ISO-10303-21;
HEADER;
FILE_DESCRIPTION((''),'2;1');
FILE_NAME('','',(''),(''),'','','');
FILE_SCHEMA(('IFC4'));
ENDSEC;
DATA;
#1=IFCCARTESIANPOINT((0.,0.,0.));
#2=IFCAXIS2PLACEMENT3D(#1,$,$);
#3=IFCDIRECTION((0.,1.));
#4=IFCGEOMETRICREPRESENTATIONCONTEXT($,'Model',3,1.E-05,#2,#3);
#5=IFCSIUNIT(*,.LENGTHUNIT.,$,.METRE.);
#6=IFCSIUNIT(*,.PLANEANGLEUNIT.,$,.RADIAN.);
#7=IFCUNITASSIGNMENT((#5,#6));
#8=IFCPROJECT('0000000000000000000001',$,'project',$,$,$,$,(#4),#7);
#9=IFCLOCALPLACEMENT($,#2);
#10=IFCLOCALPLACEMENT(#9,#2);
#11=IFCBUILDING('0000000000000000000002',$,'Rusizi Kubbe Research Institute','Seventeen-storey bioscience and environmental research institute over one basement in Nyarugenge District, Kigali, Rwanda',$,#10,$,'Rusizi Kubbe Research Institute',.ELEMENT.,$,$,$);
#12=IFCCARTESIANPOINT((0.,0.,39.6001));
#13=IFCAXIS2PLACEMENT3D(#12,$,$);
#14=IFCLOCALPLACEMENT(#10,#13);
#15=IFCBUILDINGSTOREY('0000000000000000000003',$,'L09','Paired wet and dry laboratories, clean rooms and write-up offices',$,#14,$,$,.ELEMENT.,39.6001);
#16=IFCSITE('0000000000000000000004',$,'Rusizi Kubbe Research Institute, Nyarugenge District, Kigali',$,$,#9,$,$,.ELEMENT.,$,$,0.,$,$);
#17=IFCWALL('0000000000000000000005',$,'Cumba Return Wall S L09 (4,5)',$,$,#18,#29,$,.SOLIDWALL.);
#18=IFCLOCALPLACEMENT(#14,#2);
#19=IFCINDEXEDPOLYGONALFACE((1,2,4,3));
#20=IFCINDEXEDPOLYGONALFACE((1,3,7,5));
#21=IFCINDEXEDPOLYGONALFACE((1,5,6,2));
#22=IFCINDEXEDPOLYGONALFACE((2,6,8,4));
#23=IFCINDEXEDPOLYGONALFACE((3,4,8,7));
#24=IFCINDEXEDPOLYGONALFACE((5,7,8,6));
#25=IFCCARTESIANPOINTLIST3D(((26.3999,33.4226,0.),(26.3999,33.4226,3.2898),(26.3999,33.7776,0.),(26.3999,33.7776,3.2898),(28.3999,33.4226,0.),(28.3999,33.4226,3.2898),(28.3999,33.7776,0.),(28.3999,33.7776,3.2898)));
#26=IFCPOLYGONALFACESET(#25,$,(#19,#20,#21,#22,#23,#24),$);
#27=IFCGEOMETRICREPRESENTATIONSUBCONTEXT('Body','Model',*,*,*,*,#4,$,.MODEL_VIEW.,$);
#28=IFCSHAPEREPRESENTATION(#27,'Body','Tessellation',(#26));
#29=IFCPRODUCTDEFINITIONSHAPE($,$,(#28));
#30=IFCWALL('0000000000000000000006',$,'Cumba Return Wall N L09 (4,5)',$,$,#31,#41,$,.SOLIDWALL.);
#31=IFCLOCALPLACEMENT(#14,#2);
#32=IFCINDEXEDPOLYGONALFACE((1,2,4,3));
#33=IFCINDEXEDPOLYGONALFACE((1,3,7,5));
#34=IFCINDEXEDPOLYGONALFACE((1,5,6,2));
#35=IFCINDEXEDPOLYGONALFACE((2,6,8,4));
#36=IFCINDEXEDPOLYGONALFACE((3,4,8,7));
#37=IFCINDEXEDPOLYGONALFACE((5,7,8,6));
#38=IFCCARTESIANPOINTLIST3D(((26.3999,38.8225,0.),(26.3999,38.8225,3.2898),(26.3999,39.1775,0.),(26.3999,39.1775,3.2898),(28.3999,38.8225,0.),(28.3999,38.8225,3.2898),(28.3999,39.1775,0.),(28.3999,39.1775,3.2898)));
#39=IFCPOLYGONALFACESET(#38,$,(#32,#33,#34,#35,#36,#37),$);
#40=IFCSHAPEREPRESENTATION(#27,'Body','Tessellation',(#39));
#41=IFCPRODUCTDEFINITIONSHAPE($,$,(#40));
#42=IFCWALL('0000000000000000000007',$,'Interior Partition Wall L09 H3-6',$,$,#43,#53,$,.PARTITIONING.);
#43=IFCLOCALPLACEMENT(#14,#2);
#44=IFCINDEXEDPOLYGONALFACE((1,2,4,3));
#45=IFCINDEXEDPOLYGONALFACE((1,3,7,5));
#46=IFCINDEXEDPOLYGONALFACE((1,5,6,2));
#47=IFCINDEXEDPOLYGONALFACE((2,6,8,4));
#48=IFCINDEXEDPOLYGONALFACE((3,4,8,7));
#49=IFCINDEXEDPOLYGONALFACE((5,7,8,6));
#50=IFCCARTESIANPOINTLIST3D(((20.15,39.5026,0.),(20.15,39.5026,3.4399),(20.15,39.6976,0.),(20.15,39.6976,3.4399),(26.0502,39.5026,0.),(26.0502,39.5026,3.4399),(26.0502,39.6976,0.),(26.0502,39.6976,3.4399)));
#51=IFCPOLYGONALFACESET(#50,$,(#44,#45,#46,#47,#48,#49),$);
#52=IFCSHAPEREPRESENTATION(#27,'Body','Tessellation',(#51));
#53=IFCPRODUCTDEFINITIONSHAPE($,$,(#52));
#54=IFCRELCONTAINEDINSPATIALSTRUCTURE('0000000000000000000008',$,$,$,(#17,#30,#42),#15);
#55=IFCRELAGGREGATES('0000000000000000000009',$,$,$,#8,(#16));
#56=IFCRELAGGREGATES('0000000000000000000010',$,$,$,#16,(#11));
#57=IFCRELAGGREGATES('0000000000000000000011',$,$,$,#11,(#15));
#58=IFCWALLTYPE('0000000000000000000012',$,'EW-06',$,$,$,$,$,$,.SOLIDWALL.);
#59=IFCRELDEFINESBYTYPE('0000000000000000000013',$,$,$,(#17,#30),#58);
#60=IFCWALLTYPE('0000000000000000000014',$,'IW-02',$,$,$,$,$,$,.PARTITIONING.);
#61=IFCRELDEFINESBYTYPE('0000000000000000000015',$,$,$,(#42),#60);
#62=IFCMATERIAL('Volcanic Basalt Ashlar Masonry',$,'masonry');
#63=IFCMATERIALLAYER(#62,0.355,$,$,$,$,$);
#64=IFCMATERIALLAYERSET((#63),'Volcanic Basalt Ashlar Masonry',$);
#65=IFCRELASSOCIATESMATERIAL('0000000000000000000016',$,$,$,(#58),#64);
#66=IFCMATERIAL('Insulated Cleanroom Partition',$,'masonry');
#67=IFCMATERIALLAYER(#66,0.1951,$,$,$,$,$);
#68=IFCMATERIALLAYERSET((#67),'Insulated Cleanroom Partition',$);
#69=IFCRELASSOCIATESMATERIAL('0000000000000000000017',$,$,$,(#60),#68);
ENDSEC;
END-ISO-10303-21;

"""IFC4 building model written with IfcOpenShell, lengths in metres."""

from ifc_helpers import new_model, si_unit, direction, frame, frame_2d, origin, place, context, subcontext, project, spatial, rectangle, extrude, material, layer, layer_set, type_object, element, save


model = new_model("IFC4")

# Units and contexts
model_context = context("Model", 3, precision=1e-05, world=origin(), true_north=direction((0.0, 1.0)))
body_context = subcontext(model_context, "Body", "Model", "MODEL_VIEW")
ifc_project = project(units=[si_unit("LENGTHUNIT", "METRE"), si_unit("PLANEANGLEUNIT", "RADIAN")], contexts=[model_context])

# Site, building, storey
site_placement = place(None, origin())
site = spatial("IfcSite", under=ifc_project, at=site_placement, Name="Rusizi Kubbe Research Institute, Nyarugenge District, Kigali", CompositionType="ELEMENT", RefElevation=0.0)
building_placement = place(site_placement, origin())
building = spatial("IfcBuilding", under=site, at=building_placement, Name="Rusizi Kubbe Research Institute", Description="Seventeen-storey bioscience and environmental research institute over one basement in Nyarugenge District, Kigali, Rwanda", LongName="Rusizi Kubbe Research Institute", CompositionType="ELEMENT")
storey_placement = place(building_placement, frame((0.0, 0.0, 39.6001)))
storey = spatial("IfcBuildingStorey", under=building, at=storey_placement, Name="L09", Description="Paired wet and dry laboratories, clean rooms and write-up offices", CompositionType="ELEMENT", Elevation=39.6001)

# Walls
ifc_material_1 = material(Name="Volcanic Basalt Ashlar Masonry", Category="masonry")
ifc_layer_1 = layer(ifc_material_1, 0.355)
ifc_layer_set_1 = layer_set([ifc_layer_1], Name="Volcanic Basalt Ashlar Masonry")
wall_type_1 = type_object("IfcWallType", Name="EW-06", PredefinedType="SOLIDWALL", material=ifc_layer_set_1)
for number, where, z_axis, x_axis, name in (
    (1, (26.3999, 33.6001, 0.0), (0.0, 0.0, 1.0), (1.0, 0.0, 0.0), "Cumba Return Wall S L09 (4,5)"),
    (2, (26.3999, 39.0, 0.0), (0.0, 0.0, 1.0), (1.0, 0.0, 0.0), "Cumba Return Wall N L09 (4,5)"),
):
    element("IfcWall", number, at=place(storey_placement, frame(where, z_axis=z_axis, x_axis=x_axis)), inside=storey, type_object=wall_type_1, Name=name, PredefinedType="SOLIDWALL", context=body_context, shape_type="SweptSolid", body=[
        extrude(rectangle(XDim=2.0, YDim=0.355, at=frame_2d((1.0, 0.0))), origin(), (0.0, 0.0, 1.0), 3.2898),
    ])
ifc_material_2 = material(Name="Insulated Cleanroom Partition", Category="masonry")
ifc_layer_2 = layer(ifc_material_2, 0.1951)
ifc_layer_set_2 = layer_set([ifc_layer_2], Name="Insulated Cleanroom Partition")
wall_type_2 = type_object("IfcWallType", Name="IW-02", PredefinedType="PARTITIONING", material=ifc_layer_set_2)
wall_1_placement = place(storey_placement, frame((20.1499, 39.6001, 0.0), z_axis=(0.0, 0.0, 1.0), x_axis=(1.0, 0.0, 0.0)))
element("IfcWall", 3, at=wall_1_placement, inside=storey, type_object=wall_type_2, Name="Interior Partition Wall L09 H3-6", PredefinedType="PARTITIONING", context=body_context, shape_type="SweptSolid", body=[
    extrude(rectangle(XDim=5.9001, YDim=0.1951, at=frame_2d((2.9502, 0.0))), origin(), (0.0, 0.0, 1.0), 3.4399),
])

save(model, "model.ifc")
